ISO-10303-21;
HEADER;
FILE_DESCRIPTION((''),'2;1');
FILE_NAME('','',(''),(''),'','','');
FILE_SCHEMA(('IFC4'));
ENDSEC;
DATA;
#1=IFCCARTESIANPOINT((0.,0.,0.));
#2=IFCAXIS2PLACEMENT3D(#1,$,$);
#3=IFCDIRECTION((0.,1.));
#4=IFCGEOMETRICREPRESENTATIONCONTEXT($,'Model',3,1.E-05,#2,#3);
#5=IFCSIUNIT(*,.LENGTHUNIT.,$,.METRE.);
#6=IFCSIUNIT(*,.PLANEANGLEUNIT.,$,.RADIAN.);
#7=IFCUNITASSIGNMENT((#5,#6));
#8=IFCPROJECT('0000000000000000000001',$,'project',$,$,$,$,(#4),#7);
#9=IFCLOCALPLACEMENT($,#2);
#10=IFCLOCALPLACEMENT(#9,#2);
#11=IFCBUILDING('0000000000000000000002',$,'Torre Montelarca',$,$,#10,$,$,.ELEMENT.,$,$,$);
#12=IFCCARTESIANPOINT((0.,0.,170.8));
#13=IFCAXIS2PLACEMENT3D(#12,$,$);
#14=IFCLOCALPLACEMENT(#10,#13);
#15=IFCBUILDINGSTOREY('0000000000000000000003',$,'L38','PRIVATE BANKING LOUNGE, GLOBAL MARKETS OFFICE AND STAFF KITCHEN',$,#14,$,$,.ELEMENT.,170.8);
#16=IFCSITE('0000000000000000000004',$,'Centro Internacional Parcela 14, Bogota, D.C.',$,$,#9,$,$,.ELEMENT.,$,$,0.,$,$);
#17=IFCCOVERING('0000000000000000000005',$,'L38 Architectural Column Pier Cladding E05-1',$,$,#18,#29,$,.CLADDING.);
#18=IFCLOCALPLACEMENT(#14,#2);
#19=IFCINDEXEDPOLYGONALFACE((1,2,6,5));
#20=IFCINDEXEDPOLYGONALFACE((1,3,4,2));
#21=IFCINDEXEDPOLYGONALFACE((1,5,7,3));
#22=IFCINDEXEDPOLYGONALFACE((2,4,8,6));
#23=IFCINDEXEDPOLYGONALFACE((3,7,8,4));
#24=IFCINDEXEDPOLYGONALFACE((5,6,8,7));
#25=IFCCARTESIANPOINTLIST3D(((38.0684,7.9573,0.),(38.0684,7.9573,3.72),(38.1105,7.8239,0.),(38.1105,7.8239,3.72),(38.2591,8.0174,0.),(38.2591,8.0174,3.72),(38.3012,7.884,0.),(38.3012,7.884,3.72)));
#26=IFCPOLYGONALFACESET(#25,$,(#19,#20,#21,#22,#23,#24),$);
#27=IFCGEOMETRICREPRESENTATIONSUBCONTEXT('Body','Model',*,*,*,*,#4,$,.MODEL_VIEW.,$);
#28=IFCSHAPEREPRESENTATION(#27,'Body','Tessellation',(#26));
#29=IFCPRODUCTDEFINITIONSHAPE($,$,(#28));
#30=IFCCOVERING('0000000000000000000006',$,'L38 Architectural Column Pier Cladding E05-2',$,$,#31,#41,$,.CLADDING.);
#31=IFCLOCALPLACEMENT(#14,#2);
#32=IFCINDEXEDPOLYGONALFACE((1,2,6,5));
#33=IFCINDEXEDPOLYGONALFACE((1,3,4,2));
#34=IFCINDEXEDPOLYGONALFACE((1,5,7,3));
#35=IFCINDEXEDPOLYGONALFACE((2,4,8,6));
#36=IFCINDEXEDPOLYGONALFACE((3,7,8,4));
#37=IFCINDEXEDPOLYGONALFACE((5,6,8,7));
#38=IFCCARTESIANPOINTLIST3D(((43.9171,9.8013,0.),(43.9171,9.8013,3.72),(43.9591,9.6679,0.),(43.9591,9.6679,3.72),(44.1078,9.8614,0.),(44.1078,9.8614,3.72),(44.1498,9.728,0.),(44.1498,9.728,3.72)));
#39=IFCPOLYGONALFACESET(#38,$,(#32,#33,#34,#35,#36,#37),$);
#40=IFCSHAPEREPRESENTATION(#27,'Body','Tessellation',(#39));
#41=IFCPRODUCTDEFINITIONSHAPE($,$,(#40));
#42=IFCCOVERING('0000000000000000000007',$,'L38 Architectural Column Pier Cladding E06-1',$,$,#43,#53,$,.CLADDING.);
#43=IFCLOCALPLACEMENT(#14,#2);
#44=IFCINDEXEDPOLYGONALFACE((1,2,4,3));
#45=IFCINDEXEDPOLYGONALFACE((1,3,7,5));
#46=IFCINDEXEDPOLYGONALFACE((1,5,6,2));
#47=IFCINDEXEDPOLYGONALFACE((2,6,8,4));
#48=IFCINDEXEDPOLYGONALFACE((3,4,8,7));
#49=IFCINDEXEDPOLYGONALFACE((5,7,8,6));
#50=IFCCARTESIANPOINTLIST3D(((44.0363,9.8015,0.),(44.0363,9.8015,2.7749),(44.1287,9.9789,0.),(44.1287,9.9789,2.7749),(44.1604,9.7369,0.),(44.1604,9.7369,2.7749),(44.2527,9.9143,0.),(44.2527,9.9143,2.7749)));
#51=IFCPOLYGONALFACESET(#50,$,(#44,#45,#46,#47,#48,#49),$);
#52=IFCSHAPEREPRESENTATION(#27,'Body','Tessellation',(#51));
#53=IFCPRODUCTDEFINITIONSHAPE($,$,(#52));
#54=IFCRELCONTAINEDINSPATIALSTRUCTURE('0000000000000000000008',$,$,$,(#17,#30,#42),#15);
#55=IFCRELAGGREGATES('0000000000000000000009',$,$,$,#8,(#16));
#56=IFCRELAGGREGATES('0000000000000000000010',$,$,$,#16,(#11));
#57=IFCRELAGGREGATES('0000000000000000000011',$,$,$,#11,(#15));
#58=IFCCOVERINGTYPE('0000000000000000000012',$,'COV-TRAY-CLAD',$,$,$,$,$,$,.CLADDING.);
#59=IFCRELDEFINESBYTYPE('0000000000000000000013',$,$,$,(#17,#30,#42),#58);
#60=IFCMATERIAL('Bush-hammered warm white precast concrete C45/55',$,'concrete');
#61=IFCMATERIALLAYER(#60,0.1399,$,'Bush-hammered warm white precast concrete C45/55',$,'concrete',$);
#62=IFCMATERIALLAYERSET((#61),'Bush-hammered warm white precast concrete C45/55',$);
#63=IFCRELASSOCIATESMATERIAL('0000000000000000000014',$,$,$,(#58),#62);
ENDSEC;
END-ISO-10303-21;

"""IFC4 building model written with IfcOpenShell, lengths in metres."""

from ifc_helpers import new_model, si_unit, direction, frame, origin, origin_2d, place, context, subcontext, project, spatial, rectangle, extrude, source, transform, mapped, material, layer, layer_set, type_object, element, save


model = new_model("IFC4")

# Units and contexts
model_context = context("Model", 3, precision=1e-05, world=origin(), true_north=direction((0.0, 1.0)))
body_context = subcontext(model_context, "Body", "Model", "MODEL_VIEW")
ifc_project = project(units=[si_unit("LENGTHUNIT", "METRE"), si_unit("PLANEANGLEUNIT", "RADIAN")], contexts=[model_context])

# Site, building, storey
site_placement = place(None, origin())
site = spatial("IfcSite", under=ifc_project, at=site_placement, Name="Centro Internacional Parcela 14, Bogota, D.C.", CompositionType="ELEMENT", RefElevation=0.0)
building_placement = place(site_placement, origin())
building = spatial("IfcBuilding", under=site, at=building_placement, Name="Torre Montelarca", CompositionType="ELEMENT")
storey_placement = place(building_placement, frame((0.0, 0.0, 170.8)))
storey = spatial("IfcBuildingStorey", under=building, at=storey_placement, Name="L38", Description="PRIVATE BANKING LOUNGE, GLOBAL MARKETS OFFICE AND STAFF KITCHEN", CompositionType="ELEMENT", Elevation=170.8)

# Coverings
ifc_material_1 = material(Name="Bush-hammered warm white precast concrete C45/55", Category="concrete")
ifc_layer_1 = layer(ifc_material_1, 0.1399, Name="Bush-hammered warm white precast concrete C45/55", Category="concrete")
ifc_layer_set_1 = layer_set([ifc_layer_1], Name="Bush-hammered warm white precast concrete C45/55")
covering_type = type_object("IfcCoveringType", Name="COV-TRAY-CLAD", PredefinedType="CLADDING", material=ifc_layer_set_1)
shared_shape_1 = source(origin(), body_context, "Body", "SweptSolid", [
    extrude(rectangle(XDim=0.2, YDim=0.1399, at=origin_2d()), origin(), (0.0, 0.0, 1.0), 3.72),
])
for number, where, z_axis, x_axis, name in (
    (1, (38.1848, 7.9207, 0.0), (0.0, 0.0, 1.0), (0.953723, 0.300686, 0.0), "L38 Architectural Column Pier Cladding E05-1"),
    (2, (44.0334, 9.7646, 0.0), (0.0, 0.0, 1.0), (0.953723, 0.300686, 0.0), "L38 Architectural Column Pier Cladding E05-2"),
):
    element("IfcCovering", number, at=place(storey_placement, frame(where, z_axis=z_axis, x_axis=x_axis)), inside=storey, type_object=covering_type, Name=name, PredefinedType="CLADDING", context=body_context, shape_type="MappedRepresentation", body=[
        mapped(shared_shape_1, transform((0.0, 0.0, 0.0), scale=1.0)),
    ])
shared_shape_2 = source(origin(), body_context, "Body", "SweptSolid", [
    extrude(rectangle(XDim=0.2, YDim=0.1399, at=origin_2d()), origin(), (0.0, 0.0, 1.0), 2.7749),
])
covering_1_placement = place(storey_placement, frame((44.1445, 9.8579, 0.0), z_axis=(0.0, 0.0, 1.0), x_axis=(0.461744, 0.887013, 0.0)))
element("IfcCovering", 3, at=covering_1_placement, inside=storey, type_object=covering_type, Name="L38 Architectural Column Pier Cladding E06-1", PredefinedType="CLADDING", context=body_context, shape_type="MappedRepresentation", body=[
    mapped(shared_shape_2, transform((0.0, 0.0, 0.0), scale=1.0)),
])

save(model, "model.ifc")
